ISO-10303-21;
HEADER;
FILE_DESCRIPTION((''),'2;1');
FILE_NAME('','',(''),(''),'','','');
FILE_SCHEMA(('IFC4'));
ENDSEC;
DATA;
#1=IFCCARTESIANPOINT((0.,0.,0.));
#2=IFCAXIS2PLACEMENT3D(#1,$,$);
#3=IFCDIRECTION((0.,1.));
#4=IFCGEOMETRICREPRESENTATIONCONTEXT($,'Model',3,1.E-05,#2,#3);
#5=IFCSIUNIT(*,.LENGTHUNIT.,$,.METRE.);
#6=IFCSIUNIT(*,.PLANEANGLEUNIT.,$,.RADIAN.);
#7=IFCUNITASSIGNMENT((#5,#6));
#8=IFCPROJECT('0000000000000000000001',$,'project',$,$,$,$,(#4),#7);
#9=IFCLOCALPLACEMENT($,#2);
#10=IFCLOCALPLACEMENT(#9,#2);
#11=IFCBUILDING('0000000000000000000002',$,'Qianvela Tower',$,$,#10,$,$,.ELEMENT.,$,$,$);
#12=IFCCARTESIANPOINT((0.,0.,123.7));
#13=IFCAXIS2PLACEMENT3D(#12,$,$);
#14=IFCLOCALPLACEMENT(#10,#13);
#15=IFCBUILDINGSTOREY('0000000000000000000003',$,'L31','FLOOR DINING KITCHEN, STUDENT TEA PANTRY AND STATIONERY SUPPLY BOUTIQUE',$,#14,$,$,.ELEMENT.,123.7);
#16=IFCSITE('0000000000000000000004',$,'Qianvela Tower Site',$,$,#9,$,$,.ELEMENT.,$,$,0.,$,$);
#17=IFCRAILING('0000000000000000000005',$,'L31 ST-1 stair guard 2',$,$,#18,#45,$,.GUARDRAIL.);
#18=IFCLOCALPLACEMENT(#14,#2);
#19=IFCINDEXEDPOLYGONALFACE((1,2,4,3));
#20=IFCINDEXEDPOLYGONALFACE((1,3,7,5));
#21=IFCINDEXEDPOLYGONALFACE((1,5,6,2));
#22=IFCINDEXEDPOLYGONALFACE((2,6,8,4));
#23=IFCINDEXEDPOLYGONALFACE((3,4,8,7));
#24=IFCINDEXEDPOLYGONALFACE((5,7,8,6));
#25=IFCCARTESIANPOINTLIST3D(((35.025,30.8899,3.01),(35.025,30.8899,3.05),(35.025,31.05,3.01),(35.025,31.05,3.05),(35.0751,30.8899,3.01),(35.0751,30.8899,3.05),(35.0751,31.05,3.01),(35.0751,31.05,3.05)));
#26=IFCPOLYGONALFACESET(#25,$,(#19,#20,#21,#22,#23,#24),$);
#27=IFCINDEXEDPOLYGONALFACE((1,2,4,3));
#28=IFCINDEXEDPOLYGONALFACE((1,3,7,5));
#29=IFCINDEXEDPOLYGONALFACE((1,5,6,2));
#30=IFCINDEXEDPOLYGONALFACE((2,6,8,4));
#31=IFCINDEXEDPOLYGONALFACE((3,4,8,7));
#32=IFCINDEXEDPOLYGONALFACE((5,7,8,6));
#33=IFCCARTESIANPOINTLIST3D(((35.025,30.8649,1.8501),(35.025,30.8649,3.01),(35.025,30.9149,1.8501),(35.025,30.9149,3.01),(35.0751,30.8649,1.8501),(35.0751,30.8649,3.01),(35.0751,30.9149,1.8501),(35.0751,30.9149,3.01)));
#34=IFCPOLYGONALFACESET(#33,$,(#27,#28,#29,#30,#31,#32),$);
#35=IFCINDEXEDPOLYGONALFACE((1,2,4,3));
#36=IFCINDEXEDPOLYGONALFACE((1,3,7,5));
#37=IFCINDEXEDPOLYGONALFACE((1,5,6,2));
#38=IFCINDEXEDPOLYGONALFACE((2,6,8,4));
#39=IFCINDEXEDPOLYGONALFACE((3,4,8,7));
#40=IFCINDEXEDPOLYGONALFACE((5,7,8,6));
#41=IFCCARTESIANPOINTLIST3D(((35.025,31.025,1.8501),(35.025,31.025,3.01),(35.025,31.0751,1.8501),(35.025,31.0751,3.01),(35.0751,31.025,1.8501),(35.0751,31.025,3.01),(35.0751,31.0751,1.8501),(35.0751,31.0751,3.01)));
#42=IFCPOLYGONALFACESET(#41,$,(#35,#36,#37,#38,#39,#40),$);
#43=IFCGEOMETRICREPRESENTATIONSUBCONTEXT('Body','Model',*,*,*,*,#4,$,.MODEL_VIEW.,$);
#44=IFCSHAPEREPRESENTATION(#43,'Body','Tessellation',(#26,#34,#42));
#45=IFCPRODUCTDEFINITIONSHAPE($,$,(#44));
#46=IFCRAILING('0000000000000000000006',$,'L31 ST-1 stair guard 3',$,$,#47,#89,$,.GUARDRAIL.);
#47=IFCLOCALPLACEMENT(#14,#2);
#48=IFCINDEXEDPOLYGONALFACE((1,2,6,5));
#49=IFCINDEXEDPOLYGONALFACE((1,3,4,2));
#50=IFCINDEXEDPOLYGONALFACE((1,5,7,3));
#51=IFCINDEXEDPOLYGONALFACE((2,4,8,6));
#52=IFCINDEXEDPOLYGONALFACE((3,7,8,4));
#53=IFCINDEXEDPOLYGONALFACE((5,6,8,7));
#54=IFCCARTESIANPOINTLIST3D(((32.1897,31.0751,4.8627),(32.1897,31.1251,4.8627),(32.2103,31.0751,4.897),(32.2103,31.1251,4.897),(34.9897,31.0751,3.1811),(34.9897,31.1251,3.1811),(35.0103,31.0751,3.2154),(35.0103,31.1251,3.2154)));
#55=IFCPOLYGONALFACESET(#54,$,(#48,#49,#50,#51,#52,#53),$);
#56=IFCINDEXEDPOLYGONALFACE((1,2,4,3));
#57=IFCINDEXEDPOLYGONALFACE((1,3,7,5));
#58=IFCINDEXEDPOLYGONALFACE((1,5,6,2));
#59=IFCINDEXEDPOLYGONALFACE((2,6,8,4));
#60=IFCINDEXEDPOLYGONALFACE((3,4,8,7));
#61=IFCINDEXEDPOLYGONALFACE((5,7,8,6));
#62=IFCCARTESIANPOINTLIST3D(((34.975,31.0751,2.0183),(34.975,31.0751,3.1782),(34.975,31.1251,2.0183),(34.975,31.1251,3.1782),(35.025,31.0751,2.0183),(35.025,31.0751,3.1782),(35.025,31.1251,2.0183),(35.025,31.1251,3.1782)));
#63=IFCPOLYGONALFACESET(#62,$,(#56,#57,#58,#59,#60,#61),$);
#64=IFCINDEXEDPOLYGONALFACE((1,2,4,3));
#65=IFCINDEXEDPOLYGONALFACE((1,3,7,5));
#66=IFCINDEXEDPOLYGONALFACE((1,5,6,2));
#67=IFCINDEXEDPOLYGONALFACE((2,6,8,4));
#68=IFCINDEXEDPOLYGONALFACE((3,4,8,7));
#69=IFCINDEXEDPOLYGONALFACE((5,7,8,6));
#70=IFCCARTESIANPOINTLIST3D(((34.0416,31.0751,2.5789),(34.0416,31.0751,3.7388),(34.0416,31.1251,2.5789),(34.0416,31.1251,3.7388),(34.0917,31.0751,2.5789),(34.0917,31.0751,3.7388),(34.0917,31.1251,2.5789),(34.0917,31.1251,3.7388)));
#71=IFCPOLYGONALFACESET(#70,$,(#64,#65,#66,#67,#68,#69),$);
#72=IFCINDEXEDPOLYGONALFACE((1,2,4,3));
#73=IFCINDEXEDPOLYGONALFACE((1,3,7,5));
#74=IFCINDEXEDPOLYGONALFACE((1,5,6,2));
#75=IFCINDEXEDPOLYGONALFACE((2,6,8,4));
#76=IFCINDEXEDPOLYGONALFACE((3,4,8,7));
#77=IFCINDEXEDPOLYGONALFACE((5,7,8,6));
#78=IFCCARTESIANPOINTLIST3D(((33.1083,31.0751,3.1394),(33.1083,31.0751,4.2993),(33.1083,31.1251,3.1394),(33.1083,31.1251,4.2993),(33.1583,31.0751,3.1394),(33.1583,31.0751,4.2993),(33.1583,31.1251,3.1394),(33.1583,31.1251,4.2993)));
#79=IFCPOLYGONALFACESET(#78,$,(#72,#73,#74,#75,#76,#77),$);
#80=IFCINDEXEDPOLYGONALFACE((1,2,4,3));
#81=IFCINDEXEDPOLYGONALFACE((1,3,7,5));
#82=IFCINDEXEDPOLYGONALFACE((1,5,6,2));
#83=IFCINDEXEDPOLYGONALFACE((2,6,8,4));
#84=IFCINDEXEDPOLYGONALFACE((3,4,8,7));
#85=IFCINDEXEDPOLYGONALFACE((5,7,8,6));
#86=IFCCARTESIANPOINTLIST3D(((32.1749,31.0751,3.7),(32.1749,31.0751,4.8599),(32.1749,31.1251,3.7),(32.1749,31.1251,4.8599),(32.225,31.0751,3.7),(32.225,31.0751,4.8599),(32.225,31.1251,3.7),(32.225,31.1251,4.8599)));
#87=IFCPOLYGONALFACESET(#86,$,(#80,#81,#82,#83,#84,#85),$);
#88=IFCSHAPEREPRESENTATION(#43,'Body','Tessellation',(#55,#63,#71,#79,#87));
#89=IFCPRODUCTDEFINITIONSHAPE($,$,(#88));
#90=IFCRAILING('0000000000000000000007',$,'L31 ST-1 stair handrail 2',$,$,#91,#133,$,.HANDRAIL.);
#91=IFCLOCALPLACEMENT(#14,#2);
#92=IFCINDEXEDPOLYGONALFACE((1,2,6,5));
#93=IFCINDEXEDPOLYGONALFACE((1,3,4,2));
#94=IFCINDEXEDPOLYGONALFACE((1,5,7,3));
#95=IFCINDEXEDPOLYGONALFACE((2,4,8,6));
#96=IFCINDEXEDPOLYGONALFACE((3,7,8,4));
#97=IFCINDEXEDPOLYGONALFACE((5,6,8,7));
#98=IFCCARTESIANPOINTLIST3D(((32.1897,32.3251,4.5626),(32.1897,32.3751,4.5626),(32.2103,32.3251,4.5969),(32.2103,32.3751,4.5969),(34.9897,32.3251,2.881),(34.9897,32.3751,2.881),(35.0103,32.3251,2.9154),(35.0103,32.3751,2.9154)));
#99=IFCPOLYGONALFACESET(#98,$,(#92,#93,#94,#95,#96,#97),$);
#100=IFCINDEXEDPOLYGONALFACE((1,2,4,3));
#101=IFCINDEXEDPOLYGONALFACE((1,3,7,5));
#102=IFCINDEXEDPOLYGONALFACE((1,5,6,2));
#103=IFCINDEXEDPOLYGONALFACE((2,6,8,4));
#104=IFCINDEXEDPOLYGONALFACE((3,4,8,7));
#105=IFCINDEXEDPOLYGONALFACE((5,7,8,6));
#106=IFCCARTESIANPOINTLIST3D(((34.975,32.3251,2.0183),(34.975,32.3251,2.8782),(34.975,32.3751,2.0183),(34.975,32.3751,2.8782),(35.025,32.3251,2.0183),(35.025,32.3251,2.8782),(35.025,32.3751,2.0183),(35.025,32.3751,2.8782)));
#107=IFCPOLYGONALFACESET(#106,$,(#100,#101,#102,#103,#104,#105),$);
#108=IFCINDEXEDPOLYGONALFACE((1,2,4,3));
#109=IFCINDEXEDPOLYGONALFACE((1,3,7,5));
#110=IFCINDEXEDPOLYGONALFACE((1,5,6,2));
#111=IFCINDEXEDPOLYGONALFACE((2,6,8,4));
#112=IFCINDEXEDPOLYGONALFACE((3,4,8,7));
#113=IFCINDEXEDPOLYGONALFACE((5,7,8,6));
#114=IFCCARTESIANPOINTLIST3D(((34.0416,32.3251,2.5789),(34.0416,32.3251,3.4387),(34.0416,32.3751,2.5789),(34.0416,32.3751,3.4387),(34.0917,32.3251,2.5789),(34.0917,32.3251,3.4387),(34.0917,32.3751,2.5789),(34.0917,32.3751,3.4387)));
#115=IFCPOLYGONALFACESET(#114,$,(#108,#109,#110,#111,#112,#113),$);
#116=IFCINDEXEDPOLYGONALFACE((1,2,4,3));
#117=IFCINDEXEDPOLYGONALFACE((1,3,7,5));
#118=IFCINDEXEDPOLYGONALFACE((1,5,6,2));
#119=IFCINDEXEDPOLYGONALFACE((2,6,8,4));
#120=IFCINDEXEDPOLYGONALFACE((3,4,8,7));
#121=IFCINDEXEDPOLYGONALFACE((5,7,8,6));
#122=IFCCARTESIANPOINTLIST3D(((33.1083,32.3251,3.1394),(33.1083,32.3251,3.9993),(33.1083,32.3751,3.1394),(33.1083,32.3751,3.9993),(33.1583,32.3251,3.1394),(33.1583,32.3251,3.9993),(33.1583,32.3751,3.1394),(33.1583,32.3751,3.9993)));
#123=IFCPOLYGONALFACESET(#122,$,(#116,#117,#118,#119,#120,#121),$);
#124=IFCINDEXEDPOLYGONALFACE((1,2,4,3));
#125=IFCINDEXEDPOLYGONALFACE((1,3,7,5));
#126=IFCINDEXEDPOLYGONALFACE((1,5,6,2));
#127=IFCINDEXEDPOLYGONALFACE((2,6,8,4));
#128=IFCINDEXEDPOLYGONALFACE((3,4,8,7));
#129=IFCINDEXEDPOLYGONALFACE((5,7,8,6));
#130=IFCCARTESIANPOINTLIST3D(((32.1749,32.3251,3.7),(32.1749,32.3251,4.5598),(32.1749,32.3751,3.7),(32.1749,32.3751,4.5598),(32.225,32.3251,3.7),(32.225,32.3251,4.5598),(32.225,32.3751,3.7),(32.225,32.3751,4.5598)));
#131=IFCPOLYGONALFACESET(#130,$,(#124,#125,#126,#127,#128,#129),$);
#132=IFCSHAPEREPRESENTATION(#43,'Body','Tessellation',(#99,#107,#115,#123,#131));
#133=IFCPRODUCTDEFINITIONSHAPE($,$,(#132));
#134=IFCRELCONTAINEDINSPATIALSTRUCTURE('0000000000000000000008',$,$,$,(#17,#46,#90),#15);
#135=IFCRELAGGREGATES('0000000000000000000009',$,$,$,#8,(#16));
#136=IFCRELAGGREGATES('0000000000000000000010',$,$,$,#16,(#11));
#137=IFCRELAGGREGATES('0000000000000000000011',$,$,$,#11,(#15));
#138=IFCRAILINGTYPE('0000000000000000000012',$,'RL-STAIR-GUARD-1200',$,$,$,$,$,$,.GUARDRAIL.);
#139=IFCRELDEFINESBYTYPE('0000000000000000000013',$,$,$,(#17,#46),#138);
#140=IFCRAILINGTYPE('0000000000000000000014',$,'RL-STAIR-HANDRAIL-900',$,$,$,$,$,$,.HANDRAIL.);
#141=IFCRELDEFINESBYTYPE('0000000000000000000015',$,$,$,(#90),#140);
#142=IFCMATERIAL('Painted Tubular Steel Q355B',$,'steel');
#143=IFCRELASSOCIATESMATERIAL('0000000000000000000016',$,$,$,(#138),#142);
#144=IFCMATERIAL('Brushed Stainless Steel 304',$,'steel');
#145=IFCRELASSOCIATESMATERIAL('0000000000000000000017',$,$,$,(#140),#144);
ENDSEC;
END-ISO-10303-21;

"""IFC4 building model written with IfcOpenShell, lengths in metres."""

from ifc_helpers import new_model, si_unit, direction, frame, origin, origin_2d, place, context, subcontext, project, spatial, rectangle, extrude, material, type_object, element, save


model = new_model("IFC4")

# Units and contexts
model_context = context("Model", 3, precision=1e-05, world=origin(), true_north=direction((0.0, 1.0)))
body_context = subcontext(model_context, "Body", "Model", "MODEL_VIEW")
ifc_project = project(units=[si_unit("LENGTHUNIT", "METRE"), si_unit("PLANEANGLEUNIT", "RADIAN")], contexts=[model_context])

# Site, building, storey
site_placement = place(None, origin())
site = spatial("IfcSite", under=ifc_project, at=site_placement, Name="Qianvela Tower Site", CompositionType="ELEMENT", RefElevation=0.0)
building_placement = place(site_placement, origin())
building = spatial("IfcBuilding", under=site, at=building_placement, Name="Qianvela Tower", CompositionType="ELEMENT")
storey_placement = place(building_placement, frame((0.0, 0.0, 123.7)))
storey = spatial("IfcBuildingStorey", under=building, at=storey_placement, Name="L31", Description="FLOOR DINING KITCHEN, STUDENT TEA PANTRY AND STATIONERY SUPPLY BOUTIQUE", CompositionType="ELEMENT", Elevation=123.7)

# Railings
ifc_material_1 = material(Name="Painted Tubular Steel Q355B", Category="steel")
railing_type_1 = type_object("IfcRailingType", Name="RL-STAIR-GUARD-1200", PredefinedType="GUARDRAIL", material=ifc_material_1)
railing_1_placement = place(storey_placement, frame((35.05, 30.8899, 1.8501)))
element("IfcRailing", 1, at=railing_1_placement, inside=storey, type_object=railing_type_1, Name="L31 ST-1 stair guard 2", PredefinedType="GUARDRAIL", context=body_context, shape_type="SweptSolid", body=[
    extrude(rectangle(XDim=0.05, YDim=0.04, at=origin_2d()), frame((0.0, 0.0, 1.1799), z_axis=(0.0, 1.0, 0.0), x_axis=(-1.0, 0.0, 0.0)), (0.0, 0.0, 1.0), 0.1602),
    extrude(rectangle(XDim=0.05, YDim=0.05, at=origin_2d()), origin(), (0.0, 0.0, 1.0), 1.1599),
    extrude(rectangle(XDim=0.05, YDim=0.05, at=origin_2d()), frame((0.0, 0.1602, 0.0)), (0.0, 0.0, 1.0), 1.1599),
])
railing_2_placement = place(storey_placement, frame((35.0, 31.1001, 2.0183)))
element("IfcRailing", 2, at=railing_2_placement, inside=storey, type_object=railing_type_1, Name="L31 ST-1 stair guard 3", PredefinedType="GUARDRAIL", context=body_context, shape_type="SweptSolid", body=[
    extrude(rectangle(XDim=0.05, YDim=0.04, at=origin_2d()), frame((0.0, 0.0, 1.1799), z_axis=(-0.857275, 0.0, 0.514858), x_axis=(0.0, -1.0, 0.0)), (0.0, 0.0, 1.0), 3.2661),
    extrude(rectangle(XDim=0.05, YDim=0.05, at=origin_2d()), origin(), (0.0, 0.0, 1.0), 1.1599),
    extrude(rectangle(XDim=0.05, YDim=0.05, at=origin_2d()), frame((-0.9333, 0.0, 0.5605)), (0.0, 0.0, 1.0), 1.1599),
    extrude(rectangle(XDim=0.05, YDim=0.05, at=origin_2d()), frame((-1.8667, 0.0, 1.1211)), (0.0, 0.0, 1.0), 1.1599),
    extrude(rectangle(XDim=0.05, YDim=0.05, at=origin_2d()), frame((-2.8, 0.0, 1.6816)), (0.0, 0.0, 1.0), 1.1599),
])
ifc_material_2 = material(Name="Brushed Stainless Steel 304", Category="steel")
railing_type_2 = type_object("IfcRailingType", Name="RL-STAIR-HANDRAIL-900", PredefinedType="HANDRAIL", material=ifc_material_2)
railing_3_placement = place(storey_placement, frame((35.0, 32.3501, 2.0183)))
element("IfcRailing", 3, at=railing_3_placement, inside=storey, type_object=railing_type_2, Name="L31 ST-1 stair handrail 2", PredefinedType="HANDRAIL", context=body_context, shape_type="SweptSolid", body=[
    extrude(rectangle(XDim=0.05, YDim=0.04, at=origin_2d()), frame((0.0, 0.0, 0.8799), z_axis=(-0.857275, 0.0, 0.514858), x_axis=(0.0, -1.0, 0.0)), (0.0, 0.0, 1.0), 3.2661),
    extrude(rectangle(XDim=0.05, YDim=0.05, at=origin_2d()), origin(), (0.0, 0.0, 1.0), 0.8599),
    extrude(rectangle(XDim=0.05, YDim=0.05, at=origin_2d()), frame((-0.9333, 0.0, 0.5605)), (0.0, 0.0, 1.0), 0.8599),
    extrude(rectangle(XDim=0.05, YDim=0.05, at=origin_2d()), frame((-1.8667, 0.0, 1.1211)), (0.0, 0.0, 1.0), 0.8599),
    extrude(rectangle(XDim=0.05, YDim=0.05, at=origin_2d()), frame((-2.8, 0.0, 1.6816)), (0.0, 0.0, 1.0), 0.8599),
])

save(model, "model.ifc")
